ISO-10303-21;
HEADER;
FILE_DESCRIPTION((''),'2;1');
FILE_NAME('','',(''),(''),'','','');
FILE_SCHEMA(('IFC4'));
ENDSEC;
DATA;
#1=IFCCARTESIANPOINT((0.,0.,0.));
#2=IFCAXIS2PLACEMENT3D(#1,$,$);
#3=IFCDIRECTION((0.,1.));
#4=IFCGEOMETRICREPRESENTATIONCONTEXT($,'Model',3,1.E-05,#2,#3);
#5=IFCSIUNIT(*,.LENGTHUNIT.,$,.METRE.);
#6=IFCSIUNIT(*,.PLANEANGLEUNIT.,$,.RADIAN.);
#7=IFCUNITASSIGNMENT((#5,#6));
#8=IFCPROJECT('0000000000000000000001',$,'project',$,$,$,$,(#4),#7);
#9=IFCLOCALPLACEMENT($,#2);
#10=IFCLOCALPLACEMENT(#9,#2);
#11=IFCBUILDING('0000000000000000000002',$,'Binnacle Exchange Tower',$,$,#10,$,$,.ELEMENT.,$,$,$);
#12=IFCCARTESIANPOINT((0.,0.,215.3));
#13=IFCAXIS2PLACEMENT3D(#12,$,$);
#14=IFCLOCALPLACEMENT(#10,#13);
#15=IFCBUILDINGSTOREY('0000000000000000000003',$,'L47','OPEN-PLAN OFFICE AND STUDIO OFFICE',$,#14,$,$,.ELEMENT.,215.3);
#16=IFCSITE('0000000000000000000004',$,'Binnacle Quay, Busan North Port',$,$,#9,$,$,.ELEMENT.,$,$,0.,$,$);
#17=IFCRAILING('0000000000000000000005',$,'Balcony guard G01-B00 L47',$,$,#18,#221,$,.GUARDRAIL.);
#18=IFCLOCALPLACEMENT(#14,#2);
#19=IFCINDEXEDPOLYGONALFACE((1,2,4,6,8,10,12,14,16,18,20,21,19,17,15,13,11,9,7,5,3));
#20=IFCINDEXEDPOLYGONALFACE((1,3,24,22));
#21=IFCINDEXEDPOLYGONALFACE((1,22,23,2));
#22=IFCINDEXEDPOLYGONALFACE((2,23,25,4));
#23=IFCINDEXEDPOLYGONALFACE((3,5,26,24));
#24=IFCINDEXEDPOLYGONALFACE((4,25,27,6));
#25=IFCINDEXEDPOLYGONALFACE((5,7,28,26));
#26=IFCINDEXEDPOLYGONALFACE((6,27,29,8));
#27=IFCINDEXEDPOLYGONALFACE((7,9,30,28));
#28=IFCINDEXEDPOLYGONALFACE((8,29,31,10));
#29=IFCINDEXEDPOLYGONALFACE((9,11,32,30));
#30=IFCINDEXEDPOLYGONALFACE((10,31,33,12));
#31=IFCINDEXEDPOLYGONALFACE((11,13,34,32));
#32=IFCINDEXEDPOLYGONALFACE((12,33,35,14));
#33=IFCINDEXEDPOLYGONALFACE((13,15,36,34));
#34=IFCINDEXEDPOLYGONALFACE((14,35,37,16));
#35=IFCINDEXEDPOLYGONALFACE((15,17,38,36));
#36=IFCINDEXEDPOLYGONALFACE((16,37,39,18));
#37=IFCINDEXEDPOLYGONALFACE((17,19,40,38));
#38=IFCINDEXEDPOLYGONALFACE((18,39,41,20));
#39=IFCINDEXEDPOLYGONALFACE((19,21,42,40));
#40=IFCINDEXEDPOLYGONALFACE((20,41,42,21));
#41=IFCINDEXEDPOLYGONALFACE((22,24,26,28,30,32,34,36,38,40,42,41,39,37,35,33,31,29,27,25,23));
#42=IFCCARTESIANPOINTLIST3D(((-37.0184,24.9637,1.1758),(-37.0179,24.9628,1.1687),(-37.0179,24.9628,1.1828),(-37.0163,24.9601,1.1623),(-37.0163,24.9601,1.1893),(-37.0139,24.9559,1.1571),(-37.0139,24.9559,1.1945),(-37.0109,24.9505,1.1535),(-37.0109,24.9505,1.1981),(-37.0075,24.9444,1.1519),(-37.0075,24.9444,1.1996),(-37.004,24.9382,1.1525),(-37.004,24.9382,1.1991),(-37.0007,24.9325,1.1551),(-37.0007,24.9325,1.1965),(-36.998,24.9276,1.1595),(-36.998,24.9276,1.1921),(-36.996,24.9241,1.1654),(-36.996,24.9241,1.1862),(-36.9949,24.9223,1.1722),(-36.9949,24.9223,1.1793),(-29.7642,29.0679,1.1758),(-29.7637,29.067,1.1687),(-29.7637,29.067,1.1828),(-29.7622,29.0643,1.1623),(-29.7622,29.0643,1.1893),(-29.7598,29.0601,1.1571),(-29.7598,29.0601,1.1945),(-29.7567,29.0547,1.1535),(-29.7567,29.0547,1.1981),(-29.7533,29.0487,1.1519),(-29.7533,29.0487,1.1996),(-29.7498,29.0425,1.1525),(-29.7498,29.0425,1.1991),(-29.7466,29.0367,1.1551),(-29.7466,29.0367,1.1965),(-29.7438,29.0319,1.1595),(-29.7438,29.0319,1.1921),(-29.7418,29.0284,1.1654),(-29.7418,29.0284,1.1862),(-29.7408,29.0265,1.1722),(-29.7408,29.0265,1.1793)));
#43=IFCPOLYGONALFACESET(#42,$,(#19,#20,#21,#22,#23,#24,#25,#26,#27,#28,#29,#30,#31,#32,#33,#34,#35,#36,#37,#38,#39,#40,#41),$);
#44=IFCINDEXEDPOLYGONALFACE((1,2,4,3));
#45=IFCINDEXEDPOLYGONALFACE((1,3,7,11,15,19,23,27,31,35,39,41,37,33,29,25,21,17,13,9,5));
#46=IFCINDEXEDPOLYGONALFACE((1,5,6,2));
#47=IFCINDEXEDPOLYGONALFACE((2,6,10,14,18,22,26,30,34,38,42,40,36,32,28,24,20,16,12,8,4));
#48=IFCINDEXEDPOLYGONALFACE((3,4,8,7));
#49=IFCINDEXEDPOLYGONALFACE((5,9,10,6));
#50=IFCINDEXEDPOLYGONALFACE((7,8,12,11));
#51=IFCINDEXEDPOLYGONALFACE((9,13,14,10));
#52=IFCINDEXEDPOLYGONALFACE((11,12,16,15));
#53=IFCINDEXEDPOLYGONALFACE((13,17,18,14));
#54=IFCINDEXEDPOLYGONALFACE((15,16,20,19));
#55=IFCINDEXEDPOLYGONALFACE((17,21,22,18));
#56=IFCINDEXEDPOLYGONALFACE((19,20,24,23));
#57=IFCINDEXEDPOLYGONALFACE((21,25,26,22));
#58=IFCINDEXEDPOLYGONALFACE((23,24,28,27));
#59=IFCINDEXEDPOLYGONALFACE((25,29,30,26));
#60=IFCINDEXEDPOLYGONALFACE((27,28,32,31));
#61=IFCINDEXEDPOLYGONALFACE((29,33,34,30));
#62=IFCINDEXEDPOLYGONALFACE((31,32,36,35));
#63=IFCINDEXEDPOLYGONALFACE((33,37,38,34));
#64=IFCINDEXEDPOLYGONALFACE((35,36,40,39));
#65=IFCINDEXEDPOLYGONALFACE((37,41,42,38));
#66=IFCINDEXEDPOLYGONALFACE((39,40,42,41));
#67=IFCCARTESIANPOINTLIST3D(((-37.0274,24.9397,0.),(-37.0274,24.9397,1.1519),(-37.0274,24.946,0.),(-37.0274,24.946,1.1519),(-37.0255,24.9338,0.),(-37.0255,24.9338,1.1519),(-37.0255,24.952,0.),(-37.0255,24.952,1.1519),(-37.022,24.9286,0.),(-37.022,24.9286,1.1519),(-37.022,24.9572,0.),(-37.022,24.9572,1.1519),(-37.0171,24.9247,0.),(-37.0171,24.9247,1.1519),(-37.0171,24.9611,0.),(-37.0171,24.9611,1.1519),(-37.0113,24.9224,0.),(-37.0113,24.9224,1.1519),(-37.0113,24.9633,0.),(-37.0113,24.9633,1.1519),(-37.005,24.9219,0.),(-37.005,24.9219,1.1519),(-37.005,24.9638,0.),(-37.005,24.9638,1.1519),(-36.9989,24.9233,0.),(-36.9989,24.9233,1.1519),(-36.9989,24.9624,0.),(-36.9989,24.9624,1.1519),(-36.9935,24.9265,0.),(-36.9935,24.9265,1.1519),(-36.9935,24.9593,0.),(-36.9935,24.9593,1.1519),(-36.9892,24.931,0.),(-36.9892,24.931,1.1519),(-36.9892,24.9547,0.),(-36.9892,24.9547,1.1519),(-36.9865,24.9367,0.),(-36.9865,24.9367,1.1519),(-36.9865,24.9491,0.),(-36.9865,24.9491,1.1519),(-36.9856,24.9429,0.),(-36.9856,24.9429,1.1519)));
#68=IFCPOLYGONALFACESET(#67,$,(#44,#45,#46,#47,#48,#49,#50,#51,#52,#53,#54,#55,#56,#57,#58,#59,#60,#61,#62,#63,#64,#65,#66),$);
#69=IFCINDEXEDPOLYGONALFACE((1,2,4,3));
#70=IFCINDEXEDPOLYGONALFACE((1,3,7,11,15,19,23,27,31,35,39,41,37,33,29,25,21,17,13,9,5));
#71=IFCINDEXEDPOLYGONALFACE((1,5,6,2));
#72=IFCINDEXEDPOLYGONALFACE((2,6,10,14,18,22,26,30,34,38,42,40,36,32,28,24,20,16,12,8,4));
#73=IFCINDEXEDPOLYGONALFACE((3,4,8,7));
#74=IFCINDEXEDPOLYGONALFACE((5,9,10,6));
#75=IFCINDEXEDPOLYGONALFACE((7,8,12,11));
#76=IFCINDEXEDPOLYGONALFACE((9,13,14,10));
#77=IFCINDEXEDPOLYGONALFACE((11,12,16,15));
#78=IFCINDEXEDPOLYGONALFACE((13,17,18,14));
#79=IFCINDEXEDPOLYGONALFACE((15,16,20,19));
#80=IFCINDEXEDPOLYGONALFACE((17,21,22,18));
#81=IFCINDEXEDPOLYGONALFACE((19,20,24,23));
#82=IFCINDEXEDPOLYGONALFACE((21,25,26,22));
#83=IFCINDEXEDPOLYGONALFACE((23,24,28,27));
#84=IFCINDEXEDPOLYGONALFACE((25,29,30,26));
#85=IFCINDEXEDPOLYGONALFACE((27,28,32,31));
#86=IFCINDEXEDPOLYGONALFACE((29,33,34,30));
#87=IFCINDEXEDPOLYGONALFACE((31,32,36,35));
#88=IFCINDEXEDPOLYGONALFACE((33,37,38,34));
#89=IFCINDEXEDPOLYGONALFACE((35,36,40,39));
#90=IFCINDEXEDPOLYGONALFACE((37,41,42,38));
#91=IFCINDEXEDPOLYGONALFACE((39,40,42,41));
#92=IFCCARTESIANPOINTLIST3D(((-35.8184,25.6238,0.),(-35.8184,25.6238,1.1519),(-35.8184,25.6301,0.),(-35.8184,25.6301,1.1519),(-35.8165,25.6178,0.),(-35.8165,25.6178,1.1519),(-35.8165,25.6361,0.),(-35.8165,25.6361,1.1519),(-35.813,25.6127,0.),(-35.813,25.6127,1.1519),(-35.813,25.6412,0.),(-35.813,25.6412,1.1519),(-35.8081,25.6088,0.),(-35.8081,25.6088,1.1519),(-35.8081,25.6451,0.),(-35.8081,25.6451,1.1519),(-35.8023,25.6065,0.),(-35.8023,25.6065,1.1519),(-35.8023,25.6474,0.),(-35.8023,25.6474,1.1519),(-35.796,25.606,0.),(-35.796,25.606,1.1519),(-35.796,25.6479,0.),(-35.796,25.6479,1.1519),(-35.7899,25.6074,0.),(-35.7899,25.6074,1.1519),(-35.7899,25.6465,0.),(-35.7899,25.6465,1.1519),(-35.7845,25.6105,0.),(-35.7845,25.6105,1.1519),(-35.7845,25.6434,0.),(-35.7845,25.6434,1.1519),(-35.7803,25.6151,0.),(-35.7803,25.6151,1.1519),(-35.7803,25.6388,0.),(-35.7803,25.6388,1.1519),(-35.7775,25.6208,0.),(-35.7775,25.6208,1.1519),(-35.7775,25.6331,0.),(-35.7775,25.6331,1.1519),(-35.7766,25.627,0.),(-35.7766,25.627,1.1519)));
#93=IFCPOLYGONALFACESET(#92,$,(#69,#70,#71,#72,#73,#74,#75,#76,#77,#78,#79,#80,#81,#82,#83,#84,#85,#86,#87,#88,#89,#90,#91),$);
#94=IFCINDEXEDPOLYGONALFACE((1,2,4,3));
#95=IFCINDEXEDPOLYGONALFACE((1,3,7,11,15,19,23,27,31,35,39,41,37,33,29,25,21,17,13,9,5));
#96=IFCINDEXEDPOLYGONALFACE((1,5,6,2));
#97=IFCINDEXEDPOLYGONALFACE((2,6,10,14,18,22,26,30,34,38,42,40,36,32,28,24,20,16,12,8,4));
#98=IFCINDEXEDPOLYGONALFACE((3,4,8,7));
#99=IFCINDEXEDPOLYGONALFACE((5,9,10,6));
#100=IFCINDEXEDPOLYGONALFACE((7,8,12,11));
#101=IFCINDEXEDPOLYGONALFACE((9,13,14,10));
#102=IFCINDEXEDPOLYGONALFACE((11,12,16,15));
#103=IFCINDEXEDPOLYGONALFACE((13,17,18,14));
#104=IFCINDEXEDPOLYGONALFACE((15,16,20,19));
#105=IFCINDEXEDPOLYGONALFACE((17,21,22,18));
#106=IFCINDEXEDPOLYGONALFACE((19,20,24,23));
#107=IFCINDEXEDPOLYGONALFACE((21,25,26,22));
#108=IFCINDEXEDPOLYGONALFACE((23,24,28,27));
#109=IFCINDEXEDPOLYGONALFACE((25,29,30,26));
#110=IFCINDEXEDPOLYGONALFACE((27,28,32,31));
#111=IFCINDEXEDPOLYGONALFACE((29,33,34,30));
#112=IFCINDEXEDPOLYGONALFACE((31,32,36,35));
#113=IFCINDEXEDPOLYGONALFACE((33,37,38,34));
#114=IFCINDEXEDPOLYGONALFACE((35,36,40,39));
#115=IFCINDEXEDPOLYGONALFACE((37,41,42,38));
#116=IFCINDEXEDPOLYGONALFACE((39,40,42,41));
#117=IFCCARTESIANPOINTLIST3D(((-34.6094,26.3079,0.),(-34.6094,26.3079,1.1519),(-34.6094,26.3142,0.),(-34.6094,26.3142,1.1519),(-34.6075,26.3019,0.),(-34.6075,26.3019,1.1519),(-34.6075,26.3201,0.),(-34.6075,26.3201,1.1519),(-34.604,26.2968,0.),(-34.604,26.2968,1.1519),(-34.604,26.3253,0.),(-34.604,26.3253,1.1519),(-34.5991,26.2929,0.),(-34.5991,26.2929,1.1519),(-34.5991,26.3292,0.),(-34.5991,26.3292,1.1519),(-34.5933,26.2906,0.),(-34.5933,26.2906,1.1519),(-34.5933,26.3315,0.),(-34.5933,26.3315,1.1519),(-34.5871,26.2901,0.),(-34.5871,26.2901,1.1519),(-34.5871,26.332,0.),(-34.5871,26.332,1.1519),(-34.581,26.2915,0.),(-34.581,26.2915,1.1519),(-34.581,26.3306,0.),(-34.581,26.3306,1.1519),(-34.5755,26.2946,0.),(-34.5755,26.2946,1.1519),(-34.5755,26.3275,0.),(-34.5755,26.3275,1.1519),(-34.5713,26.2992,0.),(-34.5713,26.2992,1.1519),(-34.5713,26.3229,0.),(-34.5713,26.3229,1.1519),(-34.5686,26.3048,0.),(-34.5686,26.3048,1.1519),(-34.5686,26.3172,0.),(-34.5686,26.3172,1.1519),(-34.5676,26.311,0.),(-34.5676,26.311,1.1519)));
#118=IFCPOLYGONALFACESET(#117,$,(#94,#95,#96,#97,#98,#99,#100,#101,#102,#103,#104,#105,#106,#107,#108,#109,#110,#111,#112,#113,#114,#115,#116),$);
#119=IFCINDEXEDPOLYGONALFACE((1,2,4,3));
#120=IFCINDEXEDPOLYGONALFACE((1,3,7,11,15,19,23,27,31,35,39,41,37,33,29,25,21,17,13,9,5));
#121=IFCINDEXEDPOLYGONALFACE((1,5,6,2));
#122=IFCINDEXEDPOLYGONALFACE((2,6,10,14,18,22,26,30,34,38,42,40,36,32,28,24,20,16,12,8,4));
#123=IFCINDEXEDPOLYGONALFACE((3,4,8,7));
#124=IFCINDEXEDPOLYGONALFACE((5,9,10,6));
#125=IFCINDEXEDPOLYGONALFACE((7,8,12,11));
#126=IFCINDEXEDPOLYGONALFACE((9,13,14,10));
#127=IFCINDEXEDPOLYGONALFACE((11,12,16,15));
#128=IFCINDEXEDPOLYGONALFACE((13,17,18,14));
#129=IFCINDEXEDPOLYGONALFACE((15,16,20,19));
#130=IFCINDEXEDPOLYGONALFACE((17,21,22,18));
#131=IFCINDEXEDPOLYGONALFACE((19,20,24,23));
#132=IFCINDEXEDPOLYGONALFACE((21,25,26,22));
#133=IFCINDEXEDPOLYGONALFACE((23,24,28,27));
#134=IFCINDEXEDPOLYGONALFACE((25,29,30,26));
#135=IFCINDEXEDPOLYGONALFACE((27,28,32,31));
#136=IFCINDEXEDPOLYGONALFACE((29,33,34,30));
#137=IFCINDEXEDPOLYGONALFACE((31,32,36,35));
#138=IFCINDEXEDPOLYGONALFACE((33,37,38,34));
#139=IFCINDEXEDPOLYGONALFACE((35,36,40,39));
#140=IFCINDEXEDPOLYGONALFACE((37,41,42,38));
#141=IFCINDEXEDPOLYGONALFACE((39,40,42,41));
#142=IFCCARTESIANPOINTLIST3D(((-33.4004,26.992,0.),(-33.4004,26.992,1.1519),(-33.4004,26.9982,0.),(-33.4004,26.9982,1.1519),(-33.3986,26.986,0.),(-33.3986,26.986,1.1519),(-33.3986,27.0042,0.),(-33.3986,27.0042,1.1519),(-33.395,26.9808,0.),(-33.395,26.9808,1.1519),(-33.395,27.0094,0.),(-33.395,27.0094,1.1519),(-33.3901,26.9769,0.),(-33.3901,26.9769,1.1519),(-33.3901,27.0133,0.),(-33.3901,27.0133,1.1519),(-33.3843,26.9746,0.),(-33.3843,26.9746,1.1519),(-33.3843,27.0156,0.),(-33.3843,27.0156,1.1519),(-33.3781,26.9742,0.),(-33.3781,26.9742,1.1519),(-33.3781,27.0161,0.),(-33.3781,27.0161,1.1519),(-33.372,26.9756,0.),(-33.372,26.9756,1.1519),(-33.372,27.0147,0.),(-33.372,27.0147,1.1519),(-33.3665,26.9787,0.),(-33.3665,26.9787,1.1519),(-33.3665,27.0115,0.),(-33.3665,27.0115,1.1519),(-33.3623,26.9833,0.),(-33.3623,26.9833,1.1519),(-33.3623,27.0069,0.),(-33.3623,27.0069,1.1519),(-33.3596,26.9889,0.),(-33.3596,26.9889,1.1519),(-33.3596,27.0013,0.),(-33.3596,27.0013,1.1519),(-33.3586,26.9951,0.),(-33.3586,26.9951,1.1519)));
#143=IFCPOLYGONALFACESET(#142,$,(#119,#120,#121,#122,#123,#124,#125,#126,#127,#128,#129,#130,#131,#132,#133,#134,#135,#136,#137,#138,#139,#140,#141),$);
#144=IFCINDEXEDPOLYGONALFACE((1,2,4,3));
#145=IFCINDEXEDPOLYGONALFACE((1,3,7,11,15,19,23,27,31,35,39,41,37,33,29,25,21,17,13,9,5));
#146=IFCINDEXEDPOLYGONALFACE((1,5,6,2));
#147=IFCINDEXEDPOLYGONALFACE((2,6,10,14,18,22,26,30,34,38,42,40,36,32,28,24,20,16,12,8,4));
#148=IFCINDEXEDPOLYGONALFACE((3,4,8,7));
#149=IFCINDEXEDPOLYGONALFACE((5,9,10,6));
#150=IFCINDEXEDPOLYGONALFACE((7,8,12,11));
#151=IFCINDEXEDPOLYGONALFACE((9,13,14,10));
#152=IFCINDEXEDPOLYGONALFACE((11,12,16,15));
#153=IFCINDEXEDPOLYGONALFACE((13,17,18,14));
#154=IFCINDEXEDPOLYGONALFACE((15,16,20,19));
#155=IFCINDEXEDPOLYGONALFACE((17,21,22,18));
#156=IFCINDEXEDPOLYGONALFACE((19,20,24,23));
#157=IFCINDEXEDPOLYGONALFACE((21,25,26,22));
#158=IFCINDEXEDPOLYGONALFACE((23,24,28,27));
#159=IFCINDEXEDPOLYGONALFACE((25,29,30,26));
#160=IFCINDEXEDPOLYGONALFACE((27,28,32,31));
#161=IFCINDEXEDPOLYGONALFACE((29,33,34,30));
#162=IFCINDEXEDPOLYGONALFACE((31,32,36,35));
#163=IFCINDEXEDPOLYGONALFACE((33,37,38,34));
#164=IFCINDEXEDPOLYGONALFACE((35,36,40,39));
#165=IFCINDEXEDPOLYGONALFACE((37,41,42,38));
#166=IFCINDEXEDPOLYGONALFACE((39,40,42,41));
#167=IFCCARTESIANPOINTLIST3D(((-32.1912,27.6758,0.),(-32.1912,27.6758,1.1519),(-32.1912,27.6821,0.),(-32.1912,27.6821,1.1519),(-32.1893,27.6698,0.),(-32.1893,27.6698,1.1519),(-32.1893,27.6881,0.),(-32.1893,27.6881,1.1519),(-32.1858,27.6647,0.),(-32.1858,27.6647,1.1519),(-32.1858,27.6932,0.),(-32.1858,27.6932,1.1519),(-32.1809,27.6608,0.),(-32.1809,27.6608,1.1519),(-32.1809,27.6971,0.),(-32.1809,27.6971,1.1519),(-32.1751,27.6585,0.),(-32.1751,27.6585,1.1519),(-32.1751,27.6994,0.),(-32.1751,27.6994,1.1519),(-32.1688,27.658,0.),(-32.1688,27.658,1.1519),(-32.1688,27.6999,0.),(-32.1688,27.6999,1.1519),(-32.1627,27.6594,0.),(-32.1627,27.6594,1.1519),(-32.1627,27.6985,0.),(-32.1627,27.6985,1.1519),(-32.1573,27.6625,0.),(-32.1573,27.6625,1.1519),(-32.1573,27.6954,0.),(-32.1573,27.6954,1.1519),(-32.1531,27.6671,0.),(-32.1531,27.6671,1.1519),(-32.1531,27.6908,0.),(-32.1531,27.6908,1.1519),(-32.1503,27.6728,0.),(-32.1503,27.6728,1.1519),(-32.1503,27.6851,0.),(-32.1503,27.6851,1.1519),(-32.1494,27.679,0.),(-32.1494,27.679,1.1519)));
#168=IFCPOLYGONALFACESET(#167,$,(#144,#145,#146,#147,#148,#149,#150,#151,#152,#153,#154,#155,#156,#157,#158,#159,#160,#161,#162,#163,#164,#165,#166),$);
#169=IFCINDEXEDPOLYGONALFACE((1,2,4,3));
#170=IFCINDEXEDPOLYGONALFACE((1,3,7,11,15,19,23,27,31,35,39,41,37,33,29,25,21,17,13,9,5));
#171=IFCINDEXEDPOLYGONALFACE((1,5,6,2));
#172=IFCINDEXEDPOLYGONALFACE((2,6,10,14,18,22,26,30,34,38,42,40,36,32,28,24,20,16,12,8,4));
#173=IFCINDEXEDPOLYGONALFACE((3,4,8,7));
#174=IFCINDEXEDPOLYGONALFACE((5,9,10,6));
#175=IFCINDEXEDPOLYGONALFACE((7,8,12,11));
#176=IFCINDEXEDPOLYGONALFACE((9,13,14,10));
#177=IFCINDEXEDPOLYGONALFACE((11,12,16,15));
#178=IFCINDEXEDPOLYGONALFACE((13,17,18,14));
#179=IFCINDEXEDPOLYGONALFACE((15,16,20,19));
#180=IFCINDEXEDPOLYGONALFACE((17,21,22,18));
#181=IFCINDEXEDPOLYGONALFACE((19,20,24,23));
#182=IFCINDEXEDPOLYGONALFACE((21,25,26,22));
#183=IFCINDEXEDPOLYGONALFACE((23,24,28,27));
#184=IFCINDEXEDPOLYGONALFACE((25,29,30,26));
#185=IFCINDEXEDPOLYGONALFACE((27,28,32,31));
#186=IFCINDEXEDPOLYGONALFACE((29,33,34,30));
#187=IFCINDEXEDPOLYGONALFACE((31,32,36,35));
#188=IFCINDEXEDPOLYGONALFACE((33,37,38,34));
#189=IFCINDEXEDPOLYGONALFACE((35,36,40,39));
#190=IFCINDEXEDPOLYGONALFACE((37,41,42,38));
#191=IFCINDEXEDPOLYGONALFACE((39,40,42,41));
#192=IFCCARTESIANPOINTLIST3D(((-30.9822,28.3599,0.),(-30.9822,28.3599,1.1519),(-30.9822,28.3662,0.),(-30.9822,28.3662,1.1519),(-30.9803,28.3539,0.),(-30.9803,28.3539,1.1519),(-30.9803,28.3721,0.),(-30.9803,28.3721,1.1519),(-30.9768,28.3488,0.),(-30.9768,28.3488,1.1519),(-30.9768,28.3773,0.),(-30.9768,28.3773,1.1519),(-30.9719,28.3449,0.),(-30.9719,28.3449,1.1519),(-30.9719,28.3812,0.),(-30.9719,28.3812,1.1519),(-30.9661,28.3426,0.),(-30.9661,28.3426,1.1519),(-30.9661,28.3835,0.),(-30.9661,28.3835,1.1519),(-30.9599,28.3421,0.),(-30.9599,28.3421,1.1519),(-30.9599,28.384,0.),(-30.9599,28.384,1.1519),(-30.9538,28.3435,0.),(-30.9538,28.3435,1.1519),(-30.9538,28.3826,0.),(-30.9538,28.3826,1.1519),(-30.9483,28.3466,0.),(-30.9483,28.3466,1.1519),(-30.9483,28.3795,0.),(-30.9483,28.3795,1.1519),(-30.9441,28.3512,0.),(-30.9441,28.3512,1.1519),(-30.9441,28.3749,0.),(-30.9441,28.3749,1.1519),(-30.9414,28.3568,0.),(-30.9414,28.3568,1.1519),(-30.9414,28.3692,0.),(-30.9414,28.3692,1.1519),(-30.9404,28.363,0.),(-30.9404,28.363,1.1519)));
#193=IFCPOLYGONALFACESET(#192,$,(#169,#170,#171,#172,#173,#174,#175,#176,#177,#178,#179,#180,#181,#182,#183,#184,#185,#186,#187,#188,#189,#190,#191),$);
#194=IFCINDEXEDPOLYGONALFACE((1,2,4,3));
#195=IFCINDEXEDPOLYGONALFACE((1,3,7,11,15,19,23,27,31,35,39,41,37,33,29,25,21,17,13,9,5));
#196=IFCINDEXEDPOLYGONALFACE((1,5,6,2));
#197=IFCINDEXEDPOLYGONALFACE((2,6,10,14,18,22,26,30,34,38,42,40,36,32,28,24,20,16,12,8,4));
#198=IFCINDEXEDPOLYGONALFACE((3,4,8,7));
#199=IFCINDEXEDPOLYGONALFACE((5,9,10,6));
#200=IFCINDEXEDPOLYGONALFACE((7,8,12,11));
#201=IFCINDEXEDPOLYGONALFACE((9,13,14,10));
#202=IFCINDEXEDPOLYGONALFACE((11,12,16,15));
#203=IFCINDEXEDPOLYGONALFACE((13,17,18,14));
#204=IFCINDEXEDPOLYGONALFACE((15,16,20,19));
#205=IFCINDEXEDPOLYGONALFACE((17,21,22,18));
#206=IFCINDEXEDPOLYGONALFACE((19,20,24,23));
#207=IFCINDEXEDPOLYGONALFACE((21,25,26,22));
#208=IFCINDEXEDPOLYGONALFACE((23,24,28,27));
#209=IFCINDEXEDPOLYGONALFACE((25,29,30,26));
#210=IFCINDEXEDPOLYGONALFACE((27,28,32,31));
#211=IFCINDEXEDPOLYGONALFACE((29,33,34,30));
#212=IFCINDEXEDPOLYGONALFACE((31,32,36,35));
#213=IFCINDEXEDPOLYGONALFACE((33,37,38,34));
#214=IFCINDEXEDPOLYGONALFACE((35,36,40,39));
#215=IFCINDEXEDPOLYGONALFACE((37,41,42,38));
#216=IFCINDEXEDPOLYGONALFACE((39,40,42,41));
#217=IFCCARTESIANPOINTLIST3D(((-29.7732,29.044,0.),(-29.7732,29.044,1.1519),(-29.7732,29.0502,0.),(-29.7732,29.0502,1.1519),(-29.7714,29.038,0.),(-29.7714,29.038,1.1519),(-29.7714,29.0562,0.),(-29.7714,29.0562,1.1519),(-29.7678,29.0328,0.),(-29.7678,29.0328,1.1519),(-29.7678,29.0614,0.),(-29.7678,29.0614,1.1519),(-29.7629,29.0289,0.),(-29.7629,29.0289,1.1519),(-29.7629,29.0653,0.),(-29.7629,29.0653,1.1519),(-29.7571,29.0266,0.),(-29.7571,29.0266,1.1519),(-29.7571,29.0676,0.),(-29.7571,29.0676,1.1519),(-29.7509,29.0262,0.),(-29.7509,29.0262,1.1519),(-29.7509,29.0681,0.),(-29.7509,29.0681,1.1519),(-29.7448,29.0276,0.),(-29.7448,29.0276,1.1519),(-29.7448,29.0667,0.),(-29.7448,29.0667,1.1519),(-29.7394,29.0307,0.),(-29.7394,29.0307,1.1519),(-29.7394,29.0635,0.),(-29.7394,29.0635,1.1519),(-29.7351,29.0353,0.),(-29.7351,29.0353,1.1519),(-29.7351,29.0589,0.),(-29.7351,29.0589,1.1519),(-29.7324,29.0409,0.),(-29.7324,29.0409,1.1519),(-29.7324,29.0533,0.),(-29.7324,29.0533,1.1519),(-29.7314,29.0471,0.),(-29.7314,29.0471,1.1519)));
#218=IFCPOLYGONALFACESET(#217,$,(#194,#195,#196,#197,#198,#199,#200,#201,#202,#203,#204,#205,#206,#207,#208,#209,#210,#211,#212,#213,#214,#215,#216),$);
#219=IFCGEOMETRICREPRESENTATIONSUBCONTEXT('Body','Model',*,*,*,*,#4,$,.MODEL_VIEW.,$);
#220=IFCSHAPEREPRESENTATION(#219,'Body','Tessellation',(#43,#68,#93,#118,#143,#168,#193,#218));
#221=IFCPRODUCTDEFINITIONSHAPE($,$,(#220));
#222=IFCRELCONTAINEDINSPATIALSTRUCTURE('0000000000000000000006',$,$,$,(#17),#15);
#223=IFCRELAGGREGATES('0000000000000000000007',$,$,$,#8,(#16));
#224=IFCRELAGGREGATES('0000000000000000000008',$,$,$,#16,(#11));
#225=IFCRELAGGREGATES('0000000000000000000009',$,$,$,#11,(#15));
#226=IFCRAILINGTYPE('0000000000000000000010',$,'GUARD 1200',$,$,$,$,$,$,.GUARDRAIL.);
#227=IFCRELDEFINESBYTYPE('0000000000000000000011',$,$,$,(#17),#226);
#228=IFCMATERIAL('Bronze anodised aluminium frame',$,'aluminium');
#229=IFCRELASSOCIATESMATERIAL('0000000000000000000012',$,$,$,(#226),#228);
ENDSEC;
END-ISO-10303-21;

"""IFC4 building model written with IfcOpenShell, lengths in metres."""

from ifc_helpers import new_model, si_unit, direction, frame, origin, origin_2d, place, context, subcontext, project, spatial, circle, extrude, material, type_object, element, save


model = new_model("IFC4")

# Units and contexts
model_context = context("Model", 3, precision=1e-05, world=origin(), true_north=direction((0.0, 1.0)))
body_context = subcontext(model_context, "Body", "Model", "MODEL_VIEW")
ifc_project = project(units=[si_unit("LENGTHUNIT", "METRE"), si_unit("PLANEANGLEUNIT", "RADIAN")], contexts=[model_context])

# Site, building, storey
site_placement = place(None, origin())
site = spatial("IfcSite", under=ifc_project, at=site_placement, Name="Binnacle Quay, Busan North Port", CompositionType="ELEMENT", RefElevation=0.0)
building_placement = place(site_placement, origin())
building = spatial("IfcBuilding", under=site, at=building_placement, Name="Binnacle Exchange Tower", CompositionType="ELEMENT")
storey_placement = place(building_placement, frame((0.0, 0.0, 215.3)))
storey = spatial("IfcBuildingStorey", under=building, at=storey_placement, Name="L47", Description="OPEN-PLAN OFFICE AND STUDIO OFFICE", CompositionType="ELEMENT", Elevation=215.3)

# Railing
ifc_material_1 = material(Name="Bronze anodised aluminium frame", Category="aluminium")
railing_type_1 = type_object("IfcRailingType", Name="GUARD 1200", PredefinedType="GUARDRAIL", material=ifc_material_1)
railing_1_placement = place(storey_placement, frame((-37.0066, 24.9429, 0.0)))
element("IfcRailing", 1, at=railing_1_placement, inside=storey, type_object=railing_type_1, Name="Balcony guard G01-B00 L47", PredefinedType="GUARDRAIL", context=body_context, shape_type="SweptSolid", body=[
    extrude(circle(Radius=0.0239, at=origin_2d()), frame((0.0, 0.0, 1.1758), z_axis=(0.870353, 0.492428, 0.0), x_axis=(-0.492428, 0.870353, 0.0)), (0.0, 0.0, 1.0), 8.3347),
    extrude(circle(Radius=0.021, at=origin_2d()), origin(), (0.0, 0.0, 1.0), 1.1519),
    extrude(circle(Radius=0.021, at=origin_2d()), frame((1.209, 0.6841, 0.0)), (0.0, 0.0, 1.0), 1.1519),
    extrude(circle(Radius=0.021, at=origin_2d()), frame((2.418, 1.3682, 0.0)), (0.0, 0.0, 1.0), 1.1519),
    extrude(circle(Radius=0.021, at=origin_2d()), frame((3.627, 2.0522, 0.0)), (0.0, 0.0, 1.0), 1.1519),
    extrude(circle(Radius=0.021, at=origin_2d()), frame((4.8362, 2.7361, 0.0)), (0.0, 0.0, 1.0), 1.1519),
    extrude(circle(Radius=0.021, at=origin_2d()), frame((6.0452, 3.4202, 0.0)), (0.0, 0.0, 1.0), 1.1519),
    extrude(circle(Radius=0.021, at=origin_2d()), frame((7.2542, 4.1042, 0.0)), (0.0, 0.0, 1.0), 1.1519),
])

save(model, "model.ifc")
